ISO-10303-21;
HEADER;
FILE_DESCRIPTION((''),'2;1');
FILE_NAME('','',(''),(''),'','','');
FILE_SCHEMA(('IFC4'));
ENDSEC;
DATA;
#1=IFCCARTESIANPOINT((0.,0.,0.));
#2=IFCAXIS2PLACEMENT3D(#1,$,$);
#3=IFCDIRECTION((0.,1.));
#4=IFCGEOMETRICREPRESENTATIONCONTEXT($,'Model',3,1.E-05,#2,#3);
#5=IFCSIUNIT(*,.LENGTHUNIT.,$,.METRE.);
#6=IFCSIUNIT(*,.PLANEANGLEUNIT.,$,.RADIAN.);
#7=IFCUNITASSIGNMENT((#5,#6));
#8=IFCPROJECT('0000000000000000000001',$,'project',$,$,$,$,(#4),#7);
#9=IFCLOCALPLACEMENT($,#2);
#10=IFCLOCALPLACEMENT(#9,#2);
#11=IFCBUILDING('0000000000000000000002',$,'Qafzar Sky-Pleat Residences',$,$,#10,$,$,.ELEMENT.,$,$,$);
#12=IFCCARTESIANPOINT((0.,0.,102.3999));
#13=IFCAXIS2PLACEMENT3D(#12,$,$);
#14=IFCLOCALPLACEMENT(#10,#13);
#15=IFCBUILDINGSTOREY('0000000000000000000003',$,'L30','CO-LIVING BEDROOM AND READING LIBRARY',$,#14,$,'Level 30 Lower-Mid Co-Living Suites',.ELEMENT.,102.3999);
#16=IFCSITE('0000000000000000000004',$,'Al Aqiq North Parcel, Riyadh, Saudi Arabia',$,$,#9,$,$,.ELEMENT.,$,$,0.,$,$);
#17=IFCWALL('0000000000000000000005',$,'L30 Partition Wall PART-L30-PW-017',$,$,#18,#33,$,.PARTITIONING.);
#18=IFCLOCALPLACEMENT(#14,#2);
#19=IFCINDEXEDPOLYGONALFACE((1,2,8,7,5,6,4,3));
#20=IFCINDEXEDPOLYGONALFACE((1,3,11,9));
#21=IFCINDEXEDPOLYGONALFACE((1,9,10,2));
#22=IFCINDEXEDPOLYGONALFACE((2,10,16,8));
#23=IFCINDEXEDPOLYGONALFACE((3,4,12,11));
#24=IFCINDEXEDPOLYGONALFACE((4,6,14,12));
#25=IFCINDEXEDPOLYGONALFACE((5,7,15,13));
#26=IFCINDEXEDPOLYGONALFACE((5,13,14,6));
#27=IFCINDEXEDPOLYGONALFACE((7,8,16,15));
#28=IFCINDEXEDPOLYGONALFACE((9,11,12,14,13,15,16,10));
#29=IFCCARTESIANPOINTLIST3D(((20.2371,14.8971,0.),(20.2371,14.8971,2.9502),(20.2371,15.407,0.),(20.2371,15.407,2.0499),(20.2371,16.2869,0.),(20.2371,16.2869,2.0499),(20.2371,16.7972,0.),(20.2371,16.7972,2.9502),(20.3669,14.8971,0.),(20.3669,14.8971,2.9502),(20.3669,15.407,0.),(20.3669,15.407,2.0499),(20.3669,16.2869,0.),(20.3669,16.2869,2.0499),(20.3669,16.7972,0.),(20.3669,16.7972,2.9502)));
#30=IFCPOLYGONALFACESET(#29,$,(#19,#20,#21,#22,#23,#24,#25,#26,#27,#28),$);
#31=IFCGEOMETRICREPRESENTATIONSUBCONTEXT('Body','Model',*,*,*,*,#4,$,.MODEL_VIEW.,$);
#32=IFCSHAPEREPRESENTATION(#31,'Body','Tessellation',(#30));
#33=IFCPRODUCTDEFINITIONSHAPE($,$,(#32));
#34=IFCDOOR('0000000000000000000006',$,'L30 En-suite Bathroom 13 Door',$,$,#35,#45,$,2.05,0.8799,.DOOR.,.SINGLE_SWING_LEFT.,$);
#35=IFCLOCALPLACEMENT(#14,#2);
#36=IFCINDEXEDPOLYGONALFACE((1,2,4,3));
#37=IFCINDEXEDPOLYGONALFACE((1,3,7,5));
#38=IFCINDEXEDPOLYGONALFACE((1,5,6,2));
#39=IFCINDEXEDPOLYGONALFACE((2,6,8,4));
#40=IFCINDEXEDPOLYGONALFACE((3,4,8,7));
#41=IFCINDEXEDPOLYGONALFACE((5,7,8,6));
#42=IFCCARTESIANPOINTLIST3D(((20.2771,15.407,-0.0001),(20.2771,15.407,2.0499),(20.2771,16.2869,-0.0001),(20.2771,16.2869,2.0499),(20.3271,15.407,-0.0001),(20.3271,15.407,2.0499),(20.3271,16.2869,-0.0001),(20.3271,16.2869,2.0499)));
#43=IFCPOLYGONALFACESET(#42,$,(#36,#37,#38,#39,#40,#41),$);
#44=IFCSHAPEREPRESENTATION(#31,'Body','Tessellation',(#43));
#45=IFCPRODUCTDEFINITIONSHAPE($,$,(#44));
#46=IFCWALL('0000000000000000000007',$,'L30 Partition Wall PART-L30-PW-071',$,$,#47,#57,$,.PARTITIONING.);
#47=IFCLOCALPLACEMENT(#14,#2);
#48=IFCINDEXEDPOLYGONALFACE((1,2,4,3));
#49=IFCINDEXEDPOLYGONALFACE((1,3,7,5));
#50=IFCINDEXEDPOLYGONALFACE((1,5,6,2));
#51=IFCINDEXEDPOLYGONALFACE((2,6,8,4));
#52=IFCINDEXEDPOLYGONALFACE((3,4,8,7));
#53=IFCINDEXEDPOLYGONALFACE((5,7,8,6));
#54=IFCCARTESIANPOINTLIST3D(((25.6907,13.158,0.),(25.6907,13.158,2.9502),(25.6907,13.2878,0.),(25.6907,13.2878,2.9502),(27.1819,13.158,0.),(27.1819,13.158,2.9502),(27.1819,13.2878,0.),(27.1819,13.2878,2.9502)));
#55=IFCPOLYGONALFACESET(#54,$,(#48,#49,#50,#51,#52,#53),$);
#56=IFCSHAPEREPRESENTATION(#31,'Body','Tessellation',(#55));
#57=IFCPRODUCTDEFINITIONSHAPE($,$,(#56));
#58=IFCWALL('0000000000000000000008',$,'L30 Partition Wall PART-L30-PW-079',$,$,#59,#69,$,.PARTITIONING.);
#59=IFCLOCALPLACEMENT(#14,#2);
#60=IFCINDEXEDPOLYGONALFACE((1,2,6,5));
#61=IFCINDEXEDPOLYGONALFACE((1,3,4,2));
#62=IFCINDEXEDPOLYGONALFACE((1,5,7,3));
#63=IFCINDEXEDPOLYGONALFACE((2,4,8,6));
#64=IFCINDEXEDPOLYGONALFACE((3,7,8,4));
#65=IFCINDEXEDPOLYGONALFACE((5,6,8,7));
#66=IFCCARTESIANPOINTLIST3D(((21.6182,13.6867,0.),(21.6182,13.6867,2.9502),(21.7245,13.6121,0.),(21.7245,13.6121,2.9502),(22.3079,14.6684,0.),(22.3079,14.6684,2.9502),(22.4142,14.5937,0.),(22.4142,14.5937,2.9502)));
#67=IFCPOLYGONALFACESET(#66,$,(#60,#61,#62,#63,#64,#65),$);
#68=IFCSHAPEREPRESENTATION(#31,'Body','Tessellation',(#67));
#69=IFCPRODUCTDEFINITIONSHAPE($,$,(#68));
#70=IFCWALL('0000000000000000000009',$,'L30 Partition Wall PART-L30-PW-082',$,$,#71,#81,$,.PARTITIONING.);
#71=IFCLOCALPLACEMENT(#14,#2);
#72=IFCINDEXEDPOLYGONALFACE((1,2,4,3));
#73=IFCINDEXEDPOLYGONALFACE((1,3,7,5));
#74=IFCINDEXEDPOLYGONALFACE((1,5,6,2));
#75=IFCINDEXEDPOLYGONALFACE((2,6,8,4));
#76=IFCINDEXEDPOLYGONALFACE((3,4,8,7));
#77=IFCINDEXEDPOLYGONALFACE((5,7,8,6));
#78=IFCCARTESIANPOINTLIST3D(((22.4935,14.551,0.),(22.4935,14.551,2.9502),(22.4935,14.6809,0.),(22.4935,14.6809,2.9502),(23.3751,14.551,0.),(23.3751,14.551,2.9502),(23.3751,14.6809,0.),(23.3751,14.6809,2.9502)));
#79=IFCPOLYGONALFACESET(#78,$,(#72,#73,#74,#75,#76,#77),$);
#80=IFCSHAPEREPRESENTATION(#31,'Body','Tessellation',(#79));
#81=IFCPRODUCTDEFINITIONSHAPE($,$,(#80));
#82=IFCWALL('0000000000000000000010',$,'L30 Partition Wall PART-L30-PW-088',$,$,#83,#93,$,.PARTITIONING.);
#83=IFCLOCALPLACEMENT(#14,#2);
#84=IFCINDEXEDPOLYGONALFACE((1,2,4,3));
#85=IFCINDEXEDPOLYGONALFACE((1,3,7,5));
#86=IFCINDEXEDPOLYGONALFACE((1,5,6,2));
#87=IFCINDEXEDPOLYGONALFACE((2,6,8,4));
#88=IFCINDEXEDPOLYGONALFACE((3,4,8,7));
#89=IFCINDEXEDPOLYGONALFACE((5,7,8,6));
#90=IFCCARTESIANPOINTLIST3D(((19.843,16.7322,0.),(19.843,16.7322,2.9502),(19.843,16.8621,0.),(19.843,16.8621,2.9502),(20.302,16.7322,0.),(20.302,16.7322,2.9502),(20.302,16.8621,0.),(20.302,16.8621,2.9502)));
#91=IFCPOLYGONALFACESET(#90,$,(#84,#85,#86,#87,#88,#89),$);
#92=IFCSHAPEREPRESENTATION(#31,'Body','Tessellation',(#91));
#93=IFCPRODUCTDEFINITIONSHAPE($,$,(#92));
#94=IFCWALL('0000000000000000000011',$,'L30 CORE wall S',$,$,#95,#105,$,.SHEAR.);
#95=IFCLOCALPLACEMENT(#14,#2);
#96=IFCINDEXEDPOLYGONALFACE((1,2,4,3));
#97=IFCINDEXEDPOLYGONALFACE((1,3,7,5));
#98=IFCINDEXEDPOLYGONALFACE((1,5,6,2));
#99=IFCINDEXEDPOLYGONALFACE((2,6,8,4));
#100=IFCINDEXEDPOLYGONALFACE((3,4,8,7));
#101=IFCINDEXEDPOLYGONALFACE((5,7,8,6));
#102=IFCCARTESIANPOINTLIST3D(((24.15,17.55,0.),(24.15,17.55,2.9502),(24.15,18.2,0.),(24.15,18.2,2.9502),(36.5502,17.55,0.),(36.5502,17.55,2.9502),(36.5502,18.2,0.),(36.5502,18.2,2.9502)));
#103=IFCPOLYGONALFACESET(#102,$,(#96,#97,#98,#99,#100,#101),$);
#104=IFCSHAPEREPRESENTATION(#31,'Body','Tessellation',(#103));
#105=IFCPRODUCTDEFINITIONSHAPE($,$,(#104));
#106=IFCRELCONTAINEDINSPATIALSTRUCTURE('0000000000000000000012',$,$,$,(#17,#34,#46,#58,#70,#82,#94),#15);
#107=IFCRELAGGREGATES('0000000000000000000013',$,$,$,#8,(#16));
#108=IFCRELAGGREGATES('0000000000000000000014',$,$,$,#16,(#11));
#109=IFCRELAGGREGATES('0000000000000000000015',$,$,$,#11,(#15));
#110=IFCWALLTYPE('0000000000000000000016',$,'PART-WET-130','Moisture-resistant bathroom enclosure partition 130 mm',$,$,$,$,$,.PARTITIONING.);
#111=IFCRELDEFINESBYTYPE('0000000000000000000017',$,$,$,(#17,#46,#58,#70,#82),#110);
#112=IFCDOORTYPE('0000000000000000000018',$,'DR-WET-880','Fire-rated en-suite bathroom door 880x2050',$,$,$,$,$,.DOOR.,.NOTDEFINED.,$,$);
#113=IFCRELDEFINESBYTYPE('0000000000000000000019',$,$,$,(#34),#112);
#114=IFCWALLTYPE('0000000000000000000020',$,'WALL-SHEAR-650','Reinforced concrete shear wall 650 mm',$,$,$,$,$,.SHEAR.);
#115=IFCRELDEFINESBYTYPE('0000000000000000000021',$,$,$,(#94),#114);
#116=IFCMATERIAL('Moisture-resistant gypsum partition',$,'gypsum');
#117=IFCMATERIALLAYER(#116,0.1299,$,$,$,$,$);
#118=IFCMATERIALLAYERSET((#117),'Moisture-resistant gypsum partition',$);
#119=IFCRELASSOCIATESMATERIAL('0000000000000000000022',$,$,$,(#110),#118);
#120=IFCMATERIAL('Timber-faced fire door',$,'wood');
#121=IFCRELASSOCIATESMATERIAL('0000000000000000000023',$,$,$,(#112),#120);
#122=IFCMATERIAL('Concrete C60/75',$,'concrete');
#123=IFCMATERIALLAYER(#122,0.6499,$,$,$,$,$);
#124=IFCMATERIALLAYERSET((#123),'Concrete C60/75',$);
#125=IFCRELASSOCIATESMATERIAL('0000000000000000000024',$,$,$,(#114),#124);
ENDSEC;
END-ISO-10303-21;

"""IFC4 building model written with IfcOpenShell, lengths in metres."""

from ifc_helpers import new_model, si_unit, direction, frame, frame_2d, origin, place, context, subcontext, project, spatial, rectangle, extrude, source, transform, mapped, material, layer, layer_set, type_object, element, fill, save


model = new_model("IFC4")

# Units and contexts
model_context = context("Model", 3, precision=1e-05, world=origin(), true_north=direction((0.0, 1.0)))
body_context = subcontext(model_context, "Body", "Model", "MODEL_VIEW")
ifc_project = project(units=[si_unit("LENGTHUNIT", "METRE"), si_unit("PLANEANGLEUNIT", "RADIAN")], contexts=[model_context])

# Site, building, storey
site_placement = place(None, origin())
site = spatial("IfcSite", under=ifc_project, at=site_placement, Name="Al Aqiq North Parcel, Riyadh, Saudi Arabia", CompositionType="ELEMENT", RefElevation=0.0)
building_placement = place(site_placement, origin())
building = spatial("IfcBuilding", under=site, at=building_placement, Name="Qafzar Sky-Pleat Residences", CompositionType="ELEMENT")
storey_placement = place(building_placement, frame((0.0, 0.0, 102.3999)))
storey = spatial("IfcBuildingStorey", under=building, at=storey_placement, Name="L30", Description="CO-LIVING BEDROOM AND READING LIBRARY", LongName="Level 30 Lower-Mid Co-Living Suites", CompositionType="ELEMENT", Elevation=102.3999)

# Shared definitions
ifc_material_1 = material(Name="Timber-faced fire door", Category="wood")

# Wall, opening, door
ifc_material_2 = material(Name="Moisture-resistant gypsum partition", Category="gypsum")
ifc_layer_1 = layer(ifc_material_2, 0.1299)
ifc_layer_set_1 = layer_set([ifc_layer_1], Name="Moisture-resistant gypsum partition")
wall_type_1 = type_object("IfcWallType", Name="PART-WET-130", Description="Moisture-resistant bathroom enclosure partition 130 mm", PredefinedType="PARTITIONING", material=ifc_layer_set_1)
wall_1_placement = place(storey_placement, frame((20.302, 14.897, 0.0), z_axis=(0.0, 0.0, 1.0), x_axis=(0.0, 1.0, 0.0)))
wall_1 = element("IfcWall", 1, at=wall_1_placement, inside=storey, type_object=wall_type_1, Name="L30 Partition Wall PART-L30-PW-017", PredefinedType="PARTITIONING", context=body_context, shape_type="SweptSolid", body=[
    extrude(rectangle(XDim=1.9001, YDim=0.1299, at=frame_2d((0.9502, 0.0))), origin(), (0.0, 0.0, 1.0), 2.9502),
])
opening_1_placement = place(wall_1_placement, frame((0.51, 0.0, 0.0)))
opening_1 = element("IfcOpeningElement", 2, at=opening_1_placement, cuts=wall_1, PredefinedType="OPENING", context=body_context, shape_type="SweptSolid", body=[
    extrude(rectangle(XDim=0.8799, YDim=2.05, at=frame_2d((0.4399, 1.0249))), frame((0.0, 0.075, 0.0), z_axis=(0.0, -1.0, 0.0), x_axis=(1.0, 0.0, 0.0)), (0.0, 0.0, 1.0), 0.1499),
])
door_type_1 = type_object("IfcDoorType", Name="DR-WET-880", Description="Fire-rated en-suite bathroom door 880x2050", OperationType="NOTDEFINED", PredefinedType="DOOR", material=ifc_material_1)
shared_shape_1 = source(origin(), body_context, "Body", "SweptSolid", [
    extrude(rectangle(XDim=0.8799, YDim=2.05, at=frame_2d((0.4399, 1.0249))), frame((0.0, 0.0249, 0.0), z_axis=(0.0, -1.0, 0.0), x_axis=(1.0, 0.0, 0.0)), (0.0, 0.0, 1.0), 0.05),
])
door_1_placement = place(opening_1_placement, origin())
door_1 = element("IfcDoor", 3, at=door_1_placement, inside=storey, type_object=door_type_1, Name="L30 En-suite Bathroom 13 Door", OperationType="SINGLE_SWING_LEFT", OverallHeight=2.05, OverallWidth=0.8799, PredefinedType="DOOR", context=body_context, shape_type="MappedRepresentation", body=[
    mapped(shared_shape_1, transform((0.0, 0.0, 0.0), x_axis=(1.0, 0.0, 0.0), y_axis=(0.0, 1.0, 0.0), z_axis=(0.0, 0.0, 1.0), scale=1.0)),
])
fill(opening_1, door_1)

# Walls
wall_2_placement = place(storey_placement, frame((25.6907, 13.2229, 0.0), z_axis=(0.0, 0.0, 1.0), x_axis=(1.0, 0.0, 0.0)))
element("IfcWall", 4, at=wall_2_placement, inside=storey, type_object=wall_type_1, Name="L30 Partition Wall PART-L30-PW-071", PredefinedType="PARTITIONING", context=body_context, shape_type="SweptSolid", body=[
    extrude(rectangle(XDim=1.4912, YDim=0.1299, at=frame_2d((0.7456, 0.0))), origin(), (0.0, 0.0, 1.0), 2.9502),
])
wall_3_placement = place(storey_placement, frame((21.6714, 13.6494, 0.0), z_axis=(0.0, 0.0, 1.0), x_axis=(0.574868, 0.818246, 0.0)))
element("IfcWall", 5, at=wall_3_placement, inside=storey, type_object=wall_type_1, Name="L30 Partition Wall PART-L30-PW-079", PredefinedType="PARTITIONING", context=body_context, shape_type="SweptSolid", body=[
    extrude(rectangle(XDim=1.1997, YDim=0.1299, at=frame_2d((0.5999, 0.0))), origin(), (0.0, 0.0, 1.0), 2.9502),
])
wall_4_placement = place(storey_placement, frame((22.4934, 14.616, 0.0), z_axis=(0.0, 0.0, 1.0), x_axis=(1.0, 0.0, 0.0)))
element("IfcWall", 6, at=wall_4_placement, inside=storey, type_object=wall_type_1, Name="L30 Partition Wall PART-L30-PW-082", PredefinedType="PARTITIONING", context=body_context, shape_type="SweptSolid", body=[
    extrude(rectangle(XDim=0.8816, YDim=0.1299, at=frame_2d((0.4409, 0.0))), origin(), (0.0, 0.0, 1.0), 2.9502),
])
wall_5_placement = place(storey_placement, frame((19.843, 16.7971, 0.0), z_axis=(0.0, 0.0, 1.0), x_axis=(1.0, 0.0, 0.0)))
element("IfcWall", 7, at=wall_5_placement, inside=storey, type_object=wall_type_1, Name="L30 Partition Wall PART-L30-PW-088", PredefinedType="PARTITIONING", context=body_context, shape_type="SweptSolid", body=[
    extrude(rectangle(XDim=0.459, YDim=0.1299, at=frame_2d((0.2295, 0.0))), origin(), (0.0, 0.0, 1.0), 2.9502),
])

# Shared definitions
ifc_material_3 = material(Name="Concrete C60/75", Category="concrete")

# Wall
ifc_layer_2 = layer(ifc_material_3, 0.6499)
ifc_layer_set_2 = layer_set([ifc_layer_2], Name="Concrete C60/75")
wall_type_2 = type_object("IfcWallType", Name="WALL-SHEAR-650", Description="Reinforced concrete shear wall 650 mm", PredefinedType="SHEAR", material=ifc_layer_set_2)
wall_6_placement = place(storey_placement, frame((24.1499, 17.875, 0.0), z_axis=(0.0, 0.0, 1.0), x_axis=(1.0, 0.0, 0.0)))
element("IfcWall", 8, at=wall_6_placement, inside=storey, type_object=wall_type_2, Name="L30 CORE wall S", PredefinedType="SHEAR", context=body_context, shape_type="SweptSolid", body=[
    extrude(rectangle(XDim=12.4001, YDim=0.6499, at=frame_2d((6.2002, 0.0))), origin(), (0.0, 0.0, 1.0), 2.9502),
])

save(model, "model.ifc")
